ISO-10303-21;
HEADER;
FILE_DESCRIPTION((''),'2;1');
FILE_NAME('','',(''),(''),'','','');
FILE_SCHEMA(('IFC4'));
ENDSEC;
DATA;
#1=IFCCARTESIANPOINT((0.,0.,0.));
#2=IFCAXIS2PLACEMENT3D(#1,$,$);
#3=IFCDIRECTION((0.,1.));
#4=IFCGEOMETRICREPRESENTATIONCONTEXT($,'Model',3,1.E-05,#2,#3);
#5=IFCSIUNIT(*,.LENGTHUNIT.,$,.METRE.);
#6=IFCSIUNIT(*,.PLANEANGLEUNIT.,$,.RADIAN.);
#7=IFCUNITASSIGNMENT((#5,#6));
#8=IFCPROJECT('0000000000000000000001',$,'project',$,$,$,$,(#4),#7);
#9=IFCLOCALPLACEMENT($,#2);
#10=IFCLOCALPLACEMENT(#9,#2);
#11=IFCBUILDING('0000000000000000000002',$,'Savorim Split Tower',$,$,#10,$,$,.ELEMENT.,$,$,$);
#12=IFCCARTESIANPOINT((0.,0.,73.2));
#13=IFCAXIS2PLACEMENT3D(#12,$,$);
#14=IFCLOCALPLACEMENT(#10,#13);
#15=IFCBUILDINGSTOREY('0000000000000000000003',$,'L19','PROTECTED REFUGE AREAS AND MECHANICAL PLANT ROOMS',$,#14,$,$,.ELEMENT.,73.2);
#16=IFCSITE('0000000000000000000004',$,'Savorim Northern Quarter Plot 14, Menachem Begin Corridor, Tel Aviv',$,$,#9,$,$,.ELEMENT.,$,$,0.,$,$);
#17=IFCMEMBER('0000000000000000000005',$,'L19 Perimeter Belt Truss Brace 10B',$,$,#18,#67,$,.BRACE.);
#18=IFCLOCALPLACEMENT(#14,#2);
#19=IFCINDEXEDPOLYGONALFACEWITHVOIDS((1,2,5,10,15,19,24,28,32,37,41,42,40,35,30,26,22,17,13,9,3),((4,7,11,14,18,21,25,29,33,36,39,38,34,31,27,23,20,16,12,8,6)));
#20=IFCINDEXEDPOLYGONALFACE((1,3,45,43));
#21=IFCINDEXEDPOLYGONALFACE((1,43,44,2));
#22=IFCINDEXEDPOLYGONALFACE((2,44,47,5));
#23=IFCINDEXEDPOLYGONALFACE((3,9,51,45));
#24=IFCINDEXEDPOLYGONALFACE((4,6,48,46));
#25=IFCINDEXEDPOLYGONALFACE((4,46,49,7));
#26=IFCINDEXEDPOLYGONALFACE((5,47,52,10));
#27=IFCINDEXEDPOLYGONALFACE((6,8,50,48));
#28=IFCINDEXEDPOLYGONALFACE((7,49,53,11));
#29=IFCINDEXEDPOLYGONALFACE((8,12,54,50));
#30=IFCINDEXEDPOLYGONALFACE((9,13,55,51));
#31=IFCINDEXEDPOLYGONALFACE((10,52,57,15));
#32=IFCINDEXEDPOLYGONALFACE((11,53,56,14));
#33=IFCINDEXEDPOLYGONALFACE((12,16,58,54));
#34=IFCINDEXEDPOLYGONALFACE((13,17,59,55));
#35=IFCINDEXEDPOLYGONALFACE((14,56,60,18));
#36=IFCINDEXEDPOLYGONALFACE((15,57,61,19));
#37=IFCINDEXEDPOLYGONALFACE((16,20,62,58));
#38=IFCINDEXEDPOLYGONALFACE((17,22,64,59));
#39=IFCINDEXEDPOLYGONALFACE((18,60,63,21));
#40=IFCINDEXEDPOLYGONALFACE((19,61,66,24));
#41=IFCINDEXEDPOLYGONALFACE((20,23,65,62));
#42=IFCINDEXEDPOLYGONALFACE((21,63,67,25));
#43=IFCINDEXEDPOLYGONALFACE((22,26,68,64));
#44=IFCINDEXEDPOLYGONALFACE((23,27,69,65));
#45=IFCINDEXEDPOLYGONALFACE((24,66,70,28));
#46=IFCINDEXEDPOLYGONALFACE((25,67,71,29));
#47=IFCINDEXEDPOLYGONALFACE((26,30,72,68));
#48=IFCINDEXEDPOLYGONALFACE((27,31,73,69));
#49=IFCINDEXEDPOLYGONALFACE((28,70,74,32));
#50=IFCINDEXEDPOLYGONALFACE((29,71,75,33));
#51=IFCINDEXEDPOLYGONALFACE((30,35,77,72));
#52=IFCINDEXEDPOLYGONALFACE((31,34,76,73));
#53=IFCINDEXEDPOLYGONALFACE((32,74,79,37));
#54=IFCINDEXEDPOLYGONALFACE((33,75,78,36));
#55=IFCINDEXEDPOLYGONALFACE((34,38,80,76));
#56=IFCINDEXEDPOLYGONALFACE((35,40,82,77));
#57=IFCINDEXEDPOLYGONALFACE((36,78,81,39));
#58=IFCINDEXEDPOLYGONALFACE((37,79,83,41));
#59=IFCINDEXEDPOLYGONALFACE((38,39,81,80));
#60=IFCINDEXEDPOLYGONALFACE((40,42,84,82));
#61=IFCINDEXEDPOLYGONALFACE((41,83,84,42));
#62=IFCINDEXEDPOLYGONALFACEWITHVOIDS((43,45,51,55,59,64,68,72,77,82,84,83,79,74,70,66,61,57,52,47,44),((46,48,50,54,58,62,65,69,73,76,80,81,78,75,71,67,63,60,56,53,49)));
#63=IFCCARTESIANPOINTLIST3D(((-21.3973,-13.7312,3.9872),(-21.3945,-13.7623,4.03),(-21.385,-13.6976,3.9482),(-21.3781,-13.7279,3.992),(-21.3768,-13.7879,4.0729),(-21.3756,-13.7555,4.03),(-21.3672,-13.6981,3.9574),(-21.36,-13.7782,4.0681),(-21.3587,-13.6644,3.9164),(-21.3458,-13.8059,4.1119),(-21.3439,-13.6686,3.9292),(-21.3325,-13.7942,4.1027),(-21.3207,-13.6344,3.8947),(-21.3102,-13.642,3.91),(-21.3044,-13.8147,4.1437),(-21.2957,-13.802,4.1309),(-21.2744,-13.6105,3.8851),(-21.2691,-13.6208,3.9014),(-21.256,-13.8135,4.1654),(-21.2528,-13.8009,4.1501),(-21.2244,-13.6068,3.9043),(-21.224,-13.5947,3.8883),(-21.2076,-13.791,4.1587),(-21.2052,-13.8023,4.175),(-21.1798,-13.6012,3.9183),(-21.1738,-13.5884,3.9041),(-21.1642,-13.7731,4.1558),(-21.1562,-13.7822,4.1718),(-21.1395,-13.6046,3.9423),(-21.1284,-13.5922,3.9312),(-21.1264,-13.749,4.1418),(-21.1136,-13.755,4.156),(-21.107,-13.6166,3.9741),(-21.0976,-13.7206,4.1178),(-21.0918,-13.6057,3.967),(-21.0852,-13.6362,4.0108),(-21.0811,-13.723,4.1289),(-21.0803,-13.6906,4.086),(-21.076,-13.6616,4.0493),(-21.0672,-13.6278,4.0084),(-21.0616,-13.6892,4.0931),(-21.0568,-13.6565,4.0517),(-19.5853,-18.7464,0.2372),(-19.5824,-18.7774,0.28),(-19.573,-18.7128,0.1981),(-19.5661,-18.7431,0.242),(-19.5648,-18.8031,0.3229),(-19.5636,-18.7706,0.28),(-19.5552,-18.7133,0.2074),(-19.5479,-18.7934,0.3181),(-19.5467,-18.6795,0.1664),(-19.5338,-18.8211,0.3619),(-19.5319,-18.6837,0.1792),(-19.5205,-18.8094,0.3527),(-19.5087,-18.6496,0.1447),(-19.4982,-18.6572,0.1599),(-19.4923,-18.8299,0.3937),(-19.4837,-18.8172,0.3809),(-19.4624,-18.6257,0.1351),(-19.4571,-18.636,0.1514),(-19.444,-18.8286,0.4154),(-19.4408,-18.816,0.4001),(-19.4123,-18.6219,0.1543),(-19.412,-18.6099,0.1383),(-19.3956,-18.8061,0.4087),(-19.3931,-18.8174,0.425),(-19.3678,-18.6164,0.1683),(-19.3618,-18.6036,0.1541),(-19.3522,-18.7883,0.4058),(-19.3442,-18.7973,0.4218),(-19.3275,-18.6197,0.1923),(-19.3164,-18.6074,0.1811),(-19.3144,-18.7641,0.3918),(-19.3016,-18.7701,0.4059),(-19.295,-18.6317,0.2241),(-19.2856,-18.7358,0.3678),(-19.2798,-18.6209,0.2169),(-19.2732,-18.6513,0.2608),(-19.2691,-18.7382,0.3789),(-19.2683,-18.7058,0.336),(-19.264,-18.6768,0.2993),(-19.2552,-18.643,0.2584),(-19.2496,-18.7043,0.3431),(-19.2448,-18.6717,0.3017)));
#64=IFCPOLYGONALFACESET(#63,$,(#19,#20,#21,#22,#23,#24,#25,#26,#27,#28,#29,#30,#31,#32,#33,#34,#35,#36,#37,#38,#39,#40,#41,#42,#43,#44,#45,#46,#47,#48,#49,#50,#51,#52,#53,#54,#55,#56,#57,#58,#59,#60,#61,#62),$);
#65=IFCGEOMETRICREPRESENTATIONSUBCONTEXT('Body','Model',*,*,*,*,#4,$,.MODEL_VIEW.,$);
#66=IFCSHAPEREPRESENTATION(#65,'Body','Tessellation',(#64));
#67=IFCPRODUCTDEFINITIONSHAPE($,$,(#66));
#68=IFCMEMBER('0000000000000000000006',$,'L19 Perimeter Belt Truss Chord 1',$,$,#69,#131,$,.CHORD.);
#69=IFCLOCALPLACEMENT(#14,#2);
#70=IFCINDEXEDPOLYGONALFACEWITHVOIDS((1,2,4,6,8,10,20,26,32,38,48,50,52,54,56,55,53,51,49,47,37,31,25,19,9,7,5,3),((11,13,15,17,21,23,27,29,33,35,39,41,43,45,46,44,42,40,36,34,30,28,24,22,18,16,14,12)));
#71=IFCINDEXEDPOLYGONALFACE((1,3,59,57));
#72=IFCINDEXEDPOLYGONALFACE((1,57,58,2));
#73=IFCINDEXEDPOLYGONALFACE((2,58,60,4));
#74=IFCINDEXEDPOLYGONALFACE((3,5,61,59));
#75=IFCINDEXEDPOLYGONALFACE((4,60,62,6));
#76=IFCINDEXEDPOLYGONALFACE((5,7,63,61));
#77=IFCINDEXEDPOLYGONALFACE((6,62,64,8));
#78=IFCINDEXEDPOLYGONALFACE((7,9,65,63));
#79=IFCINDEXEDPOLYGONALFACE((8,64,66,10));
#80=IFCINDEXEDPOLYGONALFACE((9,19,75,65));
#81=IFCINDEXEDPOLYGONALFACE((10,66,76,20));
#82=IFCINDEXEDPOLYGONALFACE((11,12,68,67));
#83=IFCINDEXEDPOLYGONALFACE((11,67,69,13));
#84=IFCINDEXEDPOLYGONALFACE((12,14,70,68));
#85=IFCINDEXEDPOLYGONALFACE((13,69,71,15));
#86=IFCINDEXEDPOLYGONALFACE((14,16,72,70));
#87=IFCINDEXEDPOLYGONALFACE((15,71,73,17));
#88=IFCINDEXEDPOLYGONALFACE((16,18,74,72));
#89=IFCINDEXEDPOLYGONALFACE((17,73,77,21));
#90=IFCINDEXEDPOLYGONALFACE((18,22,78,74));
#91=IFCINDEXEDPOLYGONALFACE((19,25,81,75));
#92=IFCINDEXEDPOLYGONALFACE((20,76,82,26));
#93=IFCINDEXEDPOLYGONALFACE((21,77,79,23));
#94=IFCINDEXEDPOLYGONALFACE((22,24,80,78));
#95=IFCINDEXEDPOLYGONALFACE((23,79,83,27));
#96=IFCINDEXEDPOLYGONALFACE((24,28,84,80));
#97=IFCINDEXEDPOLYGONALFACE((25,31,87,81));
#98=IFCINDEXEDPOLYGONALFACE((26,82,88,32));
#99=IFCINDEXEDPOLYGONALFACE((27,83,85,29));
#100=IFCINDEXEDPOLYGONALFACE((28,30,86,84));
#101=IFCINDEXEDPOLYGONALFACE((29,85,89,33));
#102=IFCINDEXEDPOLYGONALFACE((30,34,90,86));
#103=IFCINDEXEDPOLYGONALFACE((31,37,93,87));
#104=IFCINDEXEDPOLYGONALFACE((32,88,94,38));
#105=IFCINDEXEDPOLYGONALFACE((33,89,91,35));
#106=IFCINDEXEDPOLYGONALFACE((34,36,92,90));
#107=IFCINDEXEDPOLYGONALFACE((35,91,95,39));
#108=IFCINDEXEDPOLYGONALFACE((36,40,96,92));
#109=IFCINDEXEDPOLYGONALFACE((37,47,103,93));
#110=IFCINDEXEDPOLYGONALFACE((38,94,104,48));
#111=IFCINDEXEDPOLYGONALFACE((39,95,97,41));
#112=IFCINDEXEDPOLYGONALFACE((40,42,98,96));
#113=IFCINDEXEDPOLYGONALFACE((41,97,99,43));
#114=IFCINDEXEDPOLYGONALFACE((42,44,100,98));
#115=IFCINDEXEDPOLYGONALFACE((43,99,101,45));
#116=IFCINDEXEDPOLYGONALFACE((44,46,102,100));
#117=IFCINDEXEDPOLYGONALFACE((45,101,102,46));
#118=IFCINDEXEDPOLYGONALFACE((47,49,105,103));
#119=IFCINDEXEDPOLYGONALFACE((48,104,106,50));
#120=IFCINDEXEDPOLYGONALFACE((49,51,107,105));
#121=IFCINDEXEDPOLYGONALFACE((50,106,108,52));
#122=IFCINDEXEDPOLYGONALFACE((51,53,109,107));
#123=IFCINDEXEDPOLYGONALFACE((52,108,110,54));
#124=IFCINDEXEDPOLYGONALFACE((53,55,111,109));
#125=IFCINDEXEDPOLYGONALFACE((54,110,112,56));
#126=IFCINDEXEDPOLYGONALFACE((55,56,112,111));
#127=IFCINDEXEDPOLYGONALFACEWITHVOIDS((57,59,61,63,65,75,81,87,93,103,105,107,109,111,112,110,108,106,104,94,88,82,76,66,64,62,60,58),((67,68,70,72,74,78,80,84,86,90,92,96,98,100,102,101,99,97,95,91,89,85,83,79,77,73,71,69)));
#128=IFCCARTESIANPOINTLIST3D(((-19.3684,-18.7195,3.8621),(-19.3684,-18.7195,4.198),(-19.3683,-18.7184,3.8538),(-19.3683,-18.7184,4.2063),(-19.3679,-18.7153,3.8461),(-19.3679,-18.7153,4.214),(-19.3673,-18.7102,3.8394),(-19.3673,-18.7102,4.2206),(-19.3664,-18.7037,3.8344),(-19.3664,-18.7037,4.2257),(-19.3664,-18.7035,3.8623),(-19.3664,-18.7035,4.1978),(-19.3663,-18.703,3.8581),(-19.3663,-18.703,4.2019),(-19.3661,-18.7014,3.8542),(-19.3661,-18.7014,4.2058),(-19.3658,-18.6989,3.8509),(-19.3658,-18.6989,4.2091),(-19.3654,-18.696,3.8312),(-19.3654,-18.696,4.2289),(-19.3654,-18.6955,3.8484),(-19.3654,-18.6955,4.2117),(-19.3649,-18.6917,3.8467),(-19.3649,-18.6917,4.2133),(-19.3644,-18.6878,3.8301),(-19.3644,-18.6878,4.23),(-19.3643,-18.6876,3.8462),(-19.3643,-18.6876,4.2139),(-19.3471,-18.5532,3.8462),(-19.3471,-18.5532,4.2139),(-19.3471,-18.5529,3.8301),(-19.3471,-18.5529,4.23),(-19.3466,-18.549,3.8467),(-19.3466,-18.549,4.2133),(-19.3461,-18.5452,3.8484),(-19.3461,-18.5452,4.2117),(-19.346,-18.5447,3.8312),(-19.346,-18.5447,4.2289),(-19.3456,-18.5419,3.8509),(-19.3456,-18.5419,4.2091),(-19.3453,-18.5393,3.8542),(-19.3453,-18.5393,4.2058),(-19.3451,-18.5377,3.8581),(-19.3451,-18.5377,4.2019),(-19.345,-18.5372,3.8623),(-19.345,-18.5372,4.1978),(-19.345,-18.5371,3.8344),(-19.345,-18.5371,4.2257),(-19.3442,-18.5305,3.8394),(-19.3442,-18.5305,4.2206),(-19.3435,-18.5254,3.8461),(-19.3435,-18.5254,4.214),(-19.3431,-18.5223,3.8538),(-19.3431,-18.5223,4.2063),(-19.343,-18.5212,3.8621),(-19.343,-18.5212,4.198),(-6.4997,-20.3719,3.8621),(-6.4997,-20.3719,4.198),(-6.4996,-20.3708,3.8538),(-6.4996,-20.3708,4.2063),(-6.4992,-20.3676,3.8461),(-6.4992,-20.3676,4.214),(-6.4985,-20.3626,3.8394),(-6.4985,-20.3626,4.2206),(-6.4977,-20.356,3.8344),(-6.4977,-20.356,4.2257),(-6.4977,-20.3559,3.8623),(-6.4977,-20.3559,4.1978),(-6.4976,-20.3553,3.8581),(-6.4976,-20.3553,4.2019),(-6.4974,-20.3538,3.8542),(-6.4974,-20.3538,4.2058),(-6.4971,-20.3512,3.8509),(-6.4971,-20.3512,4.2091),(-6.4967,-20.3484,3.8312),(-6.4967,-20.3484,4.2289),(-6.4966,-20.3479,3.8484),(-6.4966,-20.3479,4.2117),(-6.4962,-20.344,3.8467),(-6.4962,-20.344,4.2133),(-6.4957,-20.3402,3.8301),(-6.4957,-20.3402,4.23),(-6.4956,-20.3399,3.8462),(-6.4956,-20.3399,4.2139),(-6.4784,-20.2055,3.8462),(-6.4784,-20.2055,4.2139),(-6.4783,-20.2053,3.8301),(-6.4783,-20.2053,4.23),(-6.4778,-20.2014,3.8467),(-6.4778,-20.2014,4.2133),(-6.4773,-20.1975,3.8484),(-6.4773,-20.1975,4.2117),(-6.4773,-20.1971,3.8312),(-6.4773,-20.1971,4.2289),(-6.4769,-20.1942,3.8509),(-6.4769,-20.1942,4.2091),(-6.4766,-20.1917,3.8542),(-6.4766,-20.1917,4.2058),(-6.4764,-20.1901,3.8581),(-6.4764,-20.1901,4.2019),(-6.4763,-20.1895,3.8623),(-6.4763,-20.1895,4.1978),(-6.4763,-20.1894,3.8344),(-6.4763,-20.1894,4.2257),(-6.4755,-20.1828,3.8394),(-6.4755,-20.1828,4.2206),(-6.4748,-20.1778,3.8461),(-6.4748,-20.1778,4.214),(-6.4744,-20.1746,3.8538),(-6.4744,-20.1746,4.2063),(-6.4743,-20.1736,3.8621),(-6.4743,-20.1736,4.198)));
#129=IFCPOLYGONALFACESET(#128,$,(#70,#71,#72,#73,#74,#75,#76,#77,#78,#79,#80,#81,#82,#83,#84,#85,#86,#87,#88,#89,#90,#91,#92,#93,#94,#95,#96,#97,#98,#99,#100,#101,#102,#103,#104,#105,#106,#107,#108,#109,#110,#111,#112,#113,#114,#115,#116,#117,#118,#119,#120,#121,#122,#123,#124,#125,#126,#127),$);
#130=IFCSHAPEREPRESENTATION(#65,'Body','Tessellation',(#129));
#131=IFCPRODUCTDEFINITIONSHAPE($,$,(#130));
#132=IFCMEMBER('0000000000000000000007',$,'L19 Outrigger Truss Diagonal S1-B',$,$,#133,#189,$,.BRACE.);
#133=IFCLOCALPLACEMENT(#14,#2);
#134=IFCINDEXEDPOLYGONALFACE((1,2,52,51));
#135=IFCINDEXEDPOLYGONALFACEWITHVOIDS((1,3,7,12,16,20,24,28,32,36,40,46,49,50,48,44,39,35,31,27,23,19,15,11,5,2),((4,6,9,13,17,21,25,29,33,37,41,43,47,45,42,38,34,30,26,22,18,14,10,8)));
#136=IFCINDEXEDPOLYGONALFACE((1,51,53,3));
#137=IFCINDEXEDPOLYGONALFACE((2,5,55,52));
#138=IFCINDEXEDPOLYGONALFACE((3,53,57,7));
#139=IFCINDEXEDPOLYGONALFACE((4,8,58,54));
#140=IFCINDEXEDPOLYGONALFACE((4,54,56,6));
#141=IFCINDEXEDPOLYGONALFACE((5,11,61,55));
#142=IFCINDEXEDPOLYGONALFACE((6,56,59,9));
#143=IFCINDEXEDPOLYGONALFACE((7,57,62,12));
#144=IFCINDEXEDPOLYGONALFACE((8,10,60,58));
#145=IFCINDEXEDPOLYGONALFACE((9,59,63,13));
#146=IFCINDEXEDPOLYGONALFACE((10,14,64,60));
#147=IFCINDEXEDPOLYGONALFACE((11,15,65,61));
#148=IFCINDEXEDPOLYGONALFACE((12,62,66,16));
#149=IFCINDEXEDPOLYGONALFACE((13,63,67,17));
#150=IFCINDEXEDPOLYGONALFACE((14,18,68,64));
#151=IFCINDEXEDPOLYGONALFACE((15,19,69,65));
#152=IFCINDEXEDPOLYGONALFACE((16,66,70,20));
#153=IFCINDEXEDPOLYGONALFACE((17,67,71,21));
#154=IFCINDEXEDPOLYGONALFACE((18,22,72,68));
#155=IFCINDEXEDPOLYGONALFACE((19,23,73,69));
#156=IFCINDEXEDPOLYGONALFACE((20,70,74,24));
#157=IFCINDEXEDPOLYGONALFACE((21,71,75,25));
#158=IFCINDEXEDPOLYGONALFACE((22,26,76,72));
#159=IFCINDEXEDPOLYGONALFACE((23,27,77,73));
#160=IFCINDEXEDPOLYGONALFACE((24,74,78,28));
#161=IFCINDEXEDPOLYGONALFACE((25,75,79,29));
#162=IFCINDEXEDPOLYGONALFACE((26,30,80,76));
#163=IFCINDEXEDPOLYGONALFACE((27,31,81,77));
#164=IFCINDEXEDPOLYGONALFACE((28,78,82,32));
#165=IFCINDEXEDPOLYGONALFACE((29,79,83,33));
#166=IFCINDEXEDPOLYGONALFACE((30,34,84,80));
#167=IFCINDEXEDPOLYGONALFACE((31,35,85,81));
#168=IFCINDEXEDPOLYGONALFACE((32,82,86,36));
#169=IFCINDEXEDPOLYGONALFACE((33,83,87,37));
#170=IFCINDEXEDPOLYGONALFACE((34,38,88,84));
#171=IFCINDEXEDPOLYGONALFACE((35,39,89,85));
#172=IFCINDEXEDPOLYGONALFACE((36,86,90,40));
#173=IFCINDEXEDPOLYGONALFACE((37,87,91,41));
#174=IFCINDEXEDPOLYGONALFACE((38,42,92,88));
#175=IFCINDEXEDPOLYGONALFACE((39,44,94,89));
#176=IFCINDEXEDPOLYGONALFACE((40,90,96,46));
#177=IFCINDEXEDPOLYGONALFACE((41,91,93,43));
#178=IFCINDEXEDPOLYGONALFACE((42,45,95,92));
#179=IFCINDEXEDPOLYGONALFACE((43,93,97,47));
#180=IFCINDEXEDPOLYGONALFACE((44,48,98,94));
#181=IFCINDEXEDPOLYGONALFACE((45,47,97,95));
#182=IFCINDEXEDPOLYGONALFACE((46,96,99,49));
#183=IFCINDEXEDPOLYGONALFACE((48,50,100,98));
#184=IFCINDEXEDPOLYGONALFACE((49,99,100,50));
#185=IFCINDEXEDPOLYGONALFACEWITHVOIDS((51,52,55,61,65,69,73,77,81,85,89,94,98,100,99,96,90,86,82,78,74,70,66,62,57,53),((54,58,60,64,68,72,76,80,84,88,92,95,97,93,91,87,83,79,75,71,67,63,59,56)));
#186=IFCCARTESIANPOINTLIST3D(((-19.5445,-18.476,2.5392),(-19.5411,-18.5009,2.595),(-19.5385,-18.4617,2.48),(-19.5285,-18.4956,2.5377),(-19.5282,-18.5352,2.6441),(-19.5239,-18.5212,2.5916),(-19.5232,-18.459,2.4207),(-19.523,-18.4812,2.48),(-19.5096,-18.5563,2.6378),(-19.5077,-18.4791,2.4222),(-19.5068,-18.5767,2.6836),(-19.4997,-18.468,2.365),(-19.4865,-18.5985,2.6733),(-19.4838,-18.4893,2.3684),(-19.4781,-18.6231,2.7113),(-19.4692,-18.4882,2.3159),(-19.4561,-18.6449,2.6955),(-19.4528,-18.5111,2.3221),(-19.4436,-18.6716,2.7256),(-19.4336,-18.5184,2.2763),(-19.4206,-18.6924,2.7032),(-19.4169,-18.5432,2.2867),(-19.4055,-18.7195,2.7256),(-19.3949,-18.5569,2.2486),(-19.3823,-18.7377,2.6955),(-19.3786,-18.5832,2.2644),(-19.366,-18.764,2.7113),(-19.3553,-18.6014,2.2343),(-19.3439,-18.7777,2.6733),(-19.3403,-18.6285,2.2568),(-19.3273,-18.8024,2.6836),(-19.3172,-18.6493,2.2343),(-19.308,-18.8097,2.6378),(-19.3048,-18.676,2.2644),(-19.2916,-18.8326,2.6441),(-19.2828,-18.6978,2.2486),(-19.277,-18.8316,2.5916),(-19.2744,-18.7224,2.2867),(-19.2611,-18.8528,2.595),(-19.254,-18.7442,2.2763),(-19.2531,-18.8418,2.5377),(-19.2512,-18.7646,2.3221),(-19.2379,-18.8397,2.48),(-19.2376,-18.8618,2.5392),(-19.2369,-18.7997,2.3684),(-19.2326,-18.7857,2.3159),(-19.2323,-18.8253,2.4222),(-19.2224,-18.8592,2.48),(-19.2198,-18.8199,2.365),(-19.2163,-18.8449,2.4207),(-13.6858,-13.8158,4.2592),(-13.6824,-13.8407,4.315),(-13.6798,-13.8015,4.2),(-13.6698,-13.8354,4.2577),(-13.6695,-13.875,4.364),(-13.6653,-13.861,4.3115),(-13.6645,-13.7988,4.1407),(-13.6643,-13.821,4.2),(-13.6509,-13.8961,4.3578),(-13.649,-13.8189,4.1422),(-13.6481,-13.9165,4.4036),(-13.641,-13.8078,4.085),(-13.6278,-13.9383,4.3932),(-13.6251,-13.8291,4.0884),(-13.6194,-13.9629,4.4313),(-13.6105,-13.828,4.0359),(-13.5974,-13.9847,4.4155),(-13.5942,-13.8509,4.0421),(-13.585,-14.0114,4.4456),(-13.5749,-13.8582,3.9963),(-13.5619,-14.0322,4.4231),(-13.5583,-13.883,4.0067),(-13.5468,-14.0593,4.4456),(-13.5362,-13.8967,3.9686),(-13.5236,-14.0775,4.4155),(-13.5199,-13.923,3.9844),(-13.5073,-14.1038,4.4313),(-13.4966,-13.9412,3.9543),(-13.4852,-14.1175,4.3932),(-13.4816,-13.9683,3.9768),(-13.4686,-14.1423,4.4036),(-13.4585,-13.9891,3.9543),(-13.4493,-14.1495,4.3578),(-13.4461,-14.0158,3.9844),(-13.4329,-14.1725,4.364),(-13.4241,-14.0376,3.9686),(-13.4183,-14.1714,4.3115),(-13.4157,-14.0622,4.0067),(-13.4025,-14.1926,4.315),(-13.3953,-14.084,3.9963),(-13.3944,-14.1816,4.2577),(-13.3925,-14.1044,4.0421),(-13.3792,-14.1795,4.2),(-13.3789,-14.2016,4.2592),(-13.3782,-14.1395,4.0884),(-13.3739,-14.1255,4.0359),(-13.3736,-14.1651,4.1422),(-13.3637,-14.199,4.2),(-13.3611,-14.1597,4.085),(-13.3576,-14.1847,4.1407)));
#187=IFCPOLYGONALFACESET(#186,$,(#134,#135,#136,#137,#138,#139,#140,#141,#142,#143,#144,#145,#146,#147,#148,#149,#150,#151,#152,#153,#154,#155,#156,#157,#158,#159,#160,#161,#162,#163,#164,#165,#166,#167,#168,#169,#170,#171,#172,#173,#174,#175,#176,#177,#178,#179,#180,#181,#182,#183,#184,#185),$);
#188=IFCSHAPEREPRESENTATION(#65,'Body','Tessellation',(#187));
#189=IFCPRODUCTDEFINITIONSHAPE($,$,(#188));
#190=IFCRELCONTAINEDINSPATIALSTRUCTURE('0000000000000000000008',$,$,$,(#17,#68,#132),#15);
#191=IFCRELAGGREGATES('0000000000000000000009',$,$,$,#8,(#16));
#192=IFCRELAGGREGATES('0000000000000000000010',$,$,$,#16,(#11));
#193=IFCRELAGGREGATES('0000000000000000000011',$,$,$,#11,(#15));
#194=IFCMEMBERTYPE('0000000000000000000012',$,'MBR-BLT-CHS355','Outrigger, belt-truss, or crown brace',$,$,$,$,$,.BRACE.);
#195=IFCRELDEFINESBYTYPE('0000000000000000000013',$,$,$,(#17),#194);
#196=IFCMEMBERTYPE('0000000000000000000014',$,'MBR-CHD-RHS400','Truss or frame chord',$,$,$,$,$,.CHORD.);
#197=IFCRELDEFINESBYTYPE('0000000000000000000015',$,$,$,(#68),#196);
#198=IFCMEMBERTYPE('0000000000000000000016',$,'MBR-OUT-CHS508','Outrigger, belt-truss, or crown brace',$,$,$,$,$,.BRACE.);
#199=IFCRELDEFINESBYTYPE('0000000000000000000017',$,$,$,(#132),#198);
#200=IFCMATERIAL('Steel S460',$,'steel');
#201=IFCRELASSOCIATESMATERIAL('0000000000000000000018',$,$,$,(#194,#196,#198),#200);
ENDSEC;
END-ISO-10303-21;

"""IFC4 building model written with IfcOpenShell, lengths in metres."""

from ifc_helpers import new_model, si_unit, direction, frame, origin, origin_2d, place, context, subcontext, project, spatial, hollow_rectangle, hollow_circle, extrude, material, material_profile, profile_set, type_object, element, save


model = new_model("IFC4")

# Units and contexts
model_context = context("Model", 3, precision=1e-05, world=origin(), true_north=direction((0.0, 1.0)))
body_context = subcontext(model_context, "Body", "Model", "MODEL_VIEW")
ifc_project = project(units=[si_unit("LENGTHUNIT", "METRE"), si_unit("PLANEANGLEUNIT", "RADIAN")], contexts=[model_context])

# Site, building, storey
site_placement = place(None, origin())
site = spatial("IfcSite", under=ifc_project, at=site_placement, Name="Savorim Northern Quarter Plot 14, Menachem Begin Corridor, Tel Aviv", CompositionType="ELEMENT", RefElevation=0.0)
building_placement = place(site_placement, origin())
building = spatial("IfcBuilding", under=site, at=building_placement, Name="Savorim Split Tower", CompositionType="ELEMENT")
storey_placement = place(building_placement, frame((0.0, 0.0, 73.2)))
storey = spatial("IfcBuildingStorey", under=building, at=storey_placement, Name="L19", Description="PROTECTED REFUGE AREAS AND MECHANICAL PLANT ROOMS", CompositionType="ELEMENT", Elevation=73.2)

# Shared definitions
ifc_material_1 = material(Name="Steel S460", Category="steel")

# Members
ifc_material_profile_1 = material_profile(ifc_material_1, hollow_circle(Radius=0.1777, WallThickness=0.02, at=origin_2d()), Name="CHS 355.6x20")
ifc_profile_set_1 = profile_set([ifc_material_profile_1], Name="Steel S460")
member_type_1 = type_object("IfcMemberType", Name="MBR-BLT-CHS355", Description="Outrigger, belt-truss, or crown brace", PredefinedType="BRACE", material=ifc_profile_set_1)
member_1_placement = place(storey_placement, frame((-19.4153, -18.717, 0.28), z_axis=(-0.277958, 0.76931, 0.575241), x_axis=(-0.940495, -0.339809, 0.0)))
element("IfcMember", 1, at=member_1_placement, inside=storey, type_object=member_type_1, Name="L19 Perimeter Belt Truss Brace 10B", PredefinedType="BRACE", context=body_context, shape_type="SweptSolid", body=[
    extrude(hollow_circle(Radius=0.1777, WallThickness=0.02, at=origin_2d()), origin(), (0.0, 0.0, 1.0), 6.519),
])
ifc_material_profile_2 = material_profile(ifc_material_1, hollow_rectangle(XDim=0.2, YDim=0.3999, WallThickness=0.0161, InnerFilletRadius=0.0161, OuterFilletRadius=0.032, at=origin_2d()), Name="RHS 400x200x16")
ifc_profile_set_2 = profile_set([ifc_material_profile_2], Name="Steel S460")
member_type_2 = type_object("IfcMemberType", Name="MBR-CHD-RHS400", Description="Truss or frame chord", PredefinedType="CHORD", material=ifc_profile_set_2)
member_2_placement = place(storey_placement, frame((-19.3557, -18.6204, 4.03), z_axis=(0.991857, -0.127355, 0.0), x_axis=(0.127355, 0.991857, 0.0)))
element("IfcMember", 2, at=member_2_placement, inside=storey, type_object=member_type_2, Name="L19 Perimeter Belt Truss Chord 1", PredefinedType="CHORD", context=body_context, shape_type="SweptSolid", body=[
    extrude(hollow_rectangle(XDim=0.2, YDim=0.3999, WallThickness=0.0161, InnerFilletRadius=0.0161, OuterFilletRadius=0.032, at=origin_2d()), origin(), (0.0, 0.0, 1.0), 12.9744),
])
ifc_material_profile_3 = material_profile(ifc_material_1, hollow_circle(Radius=0.2539, WallThickness=0.0249, at=origin_2d()), Name="CHS 508x25")
ifc_profile_set_3 = profile_set([ifc_material_profile_3], Name="Steel S460")
member_type_3 = type_object("IfcMemberType", Name="MBR-OUT-CHS508", Description="Outrigger, belt-truss, or crown brace", PredefinedType="BRACE", material=ifc_profile_set_3)
member_3_placement = place(storey_placement, frame((-13.5217, -14.0002, 4.2), z_axis=(-0.762736, -0.606706, -0.223923), x_axis=(0.622513, -0.782609, 0.0)))
element("IfcMember", 3, at=member_3_placement, inside=storey, type_object=member_type_3, Name="L19 Outrigger Truss Diagonal S1-B", PredefinedType="BRACE", context=body_context, shape_type="SweptSolid", body=[
    extrude(hollow_circle(Radius=0.2539, WallThickness=0.0249, at=origin_2d()), origin(), (0.0, 0.0, 1.0), 7.6812),
])

save(model, "model.ifc")
